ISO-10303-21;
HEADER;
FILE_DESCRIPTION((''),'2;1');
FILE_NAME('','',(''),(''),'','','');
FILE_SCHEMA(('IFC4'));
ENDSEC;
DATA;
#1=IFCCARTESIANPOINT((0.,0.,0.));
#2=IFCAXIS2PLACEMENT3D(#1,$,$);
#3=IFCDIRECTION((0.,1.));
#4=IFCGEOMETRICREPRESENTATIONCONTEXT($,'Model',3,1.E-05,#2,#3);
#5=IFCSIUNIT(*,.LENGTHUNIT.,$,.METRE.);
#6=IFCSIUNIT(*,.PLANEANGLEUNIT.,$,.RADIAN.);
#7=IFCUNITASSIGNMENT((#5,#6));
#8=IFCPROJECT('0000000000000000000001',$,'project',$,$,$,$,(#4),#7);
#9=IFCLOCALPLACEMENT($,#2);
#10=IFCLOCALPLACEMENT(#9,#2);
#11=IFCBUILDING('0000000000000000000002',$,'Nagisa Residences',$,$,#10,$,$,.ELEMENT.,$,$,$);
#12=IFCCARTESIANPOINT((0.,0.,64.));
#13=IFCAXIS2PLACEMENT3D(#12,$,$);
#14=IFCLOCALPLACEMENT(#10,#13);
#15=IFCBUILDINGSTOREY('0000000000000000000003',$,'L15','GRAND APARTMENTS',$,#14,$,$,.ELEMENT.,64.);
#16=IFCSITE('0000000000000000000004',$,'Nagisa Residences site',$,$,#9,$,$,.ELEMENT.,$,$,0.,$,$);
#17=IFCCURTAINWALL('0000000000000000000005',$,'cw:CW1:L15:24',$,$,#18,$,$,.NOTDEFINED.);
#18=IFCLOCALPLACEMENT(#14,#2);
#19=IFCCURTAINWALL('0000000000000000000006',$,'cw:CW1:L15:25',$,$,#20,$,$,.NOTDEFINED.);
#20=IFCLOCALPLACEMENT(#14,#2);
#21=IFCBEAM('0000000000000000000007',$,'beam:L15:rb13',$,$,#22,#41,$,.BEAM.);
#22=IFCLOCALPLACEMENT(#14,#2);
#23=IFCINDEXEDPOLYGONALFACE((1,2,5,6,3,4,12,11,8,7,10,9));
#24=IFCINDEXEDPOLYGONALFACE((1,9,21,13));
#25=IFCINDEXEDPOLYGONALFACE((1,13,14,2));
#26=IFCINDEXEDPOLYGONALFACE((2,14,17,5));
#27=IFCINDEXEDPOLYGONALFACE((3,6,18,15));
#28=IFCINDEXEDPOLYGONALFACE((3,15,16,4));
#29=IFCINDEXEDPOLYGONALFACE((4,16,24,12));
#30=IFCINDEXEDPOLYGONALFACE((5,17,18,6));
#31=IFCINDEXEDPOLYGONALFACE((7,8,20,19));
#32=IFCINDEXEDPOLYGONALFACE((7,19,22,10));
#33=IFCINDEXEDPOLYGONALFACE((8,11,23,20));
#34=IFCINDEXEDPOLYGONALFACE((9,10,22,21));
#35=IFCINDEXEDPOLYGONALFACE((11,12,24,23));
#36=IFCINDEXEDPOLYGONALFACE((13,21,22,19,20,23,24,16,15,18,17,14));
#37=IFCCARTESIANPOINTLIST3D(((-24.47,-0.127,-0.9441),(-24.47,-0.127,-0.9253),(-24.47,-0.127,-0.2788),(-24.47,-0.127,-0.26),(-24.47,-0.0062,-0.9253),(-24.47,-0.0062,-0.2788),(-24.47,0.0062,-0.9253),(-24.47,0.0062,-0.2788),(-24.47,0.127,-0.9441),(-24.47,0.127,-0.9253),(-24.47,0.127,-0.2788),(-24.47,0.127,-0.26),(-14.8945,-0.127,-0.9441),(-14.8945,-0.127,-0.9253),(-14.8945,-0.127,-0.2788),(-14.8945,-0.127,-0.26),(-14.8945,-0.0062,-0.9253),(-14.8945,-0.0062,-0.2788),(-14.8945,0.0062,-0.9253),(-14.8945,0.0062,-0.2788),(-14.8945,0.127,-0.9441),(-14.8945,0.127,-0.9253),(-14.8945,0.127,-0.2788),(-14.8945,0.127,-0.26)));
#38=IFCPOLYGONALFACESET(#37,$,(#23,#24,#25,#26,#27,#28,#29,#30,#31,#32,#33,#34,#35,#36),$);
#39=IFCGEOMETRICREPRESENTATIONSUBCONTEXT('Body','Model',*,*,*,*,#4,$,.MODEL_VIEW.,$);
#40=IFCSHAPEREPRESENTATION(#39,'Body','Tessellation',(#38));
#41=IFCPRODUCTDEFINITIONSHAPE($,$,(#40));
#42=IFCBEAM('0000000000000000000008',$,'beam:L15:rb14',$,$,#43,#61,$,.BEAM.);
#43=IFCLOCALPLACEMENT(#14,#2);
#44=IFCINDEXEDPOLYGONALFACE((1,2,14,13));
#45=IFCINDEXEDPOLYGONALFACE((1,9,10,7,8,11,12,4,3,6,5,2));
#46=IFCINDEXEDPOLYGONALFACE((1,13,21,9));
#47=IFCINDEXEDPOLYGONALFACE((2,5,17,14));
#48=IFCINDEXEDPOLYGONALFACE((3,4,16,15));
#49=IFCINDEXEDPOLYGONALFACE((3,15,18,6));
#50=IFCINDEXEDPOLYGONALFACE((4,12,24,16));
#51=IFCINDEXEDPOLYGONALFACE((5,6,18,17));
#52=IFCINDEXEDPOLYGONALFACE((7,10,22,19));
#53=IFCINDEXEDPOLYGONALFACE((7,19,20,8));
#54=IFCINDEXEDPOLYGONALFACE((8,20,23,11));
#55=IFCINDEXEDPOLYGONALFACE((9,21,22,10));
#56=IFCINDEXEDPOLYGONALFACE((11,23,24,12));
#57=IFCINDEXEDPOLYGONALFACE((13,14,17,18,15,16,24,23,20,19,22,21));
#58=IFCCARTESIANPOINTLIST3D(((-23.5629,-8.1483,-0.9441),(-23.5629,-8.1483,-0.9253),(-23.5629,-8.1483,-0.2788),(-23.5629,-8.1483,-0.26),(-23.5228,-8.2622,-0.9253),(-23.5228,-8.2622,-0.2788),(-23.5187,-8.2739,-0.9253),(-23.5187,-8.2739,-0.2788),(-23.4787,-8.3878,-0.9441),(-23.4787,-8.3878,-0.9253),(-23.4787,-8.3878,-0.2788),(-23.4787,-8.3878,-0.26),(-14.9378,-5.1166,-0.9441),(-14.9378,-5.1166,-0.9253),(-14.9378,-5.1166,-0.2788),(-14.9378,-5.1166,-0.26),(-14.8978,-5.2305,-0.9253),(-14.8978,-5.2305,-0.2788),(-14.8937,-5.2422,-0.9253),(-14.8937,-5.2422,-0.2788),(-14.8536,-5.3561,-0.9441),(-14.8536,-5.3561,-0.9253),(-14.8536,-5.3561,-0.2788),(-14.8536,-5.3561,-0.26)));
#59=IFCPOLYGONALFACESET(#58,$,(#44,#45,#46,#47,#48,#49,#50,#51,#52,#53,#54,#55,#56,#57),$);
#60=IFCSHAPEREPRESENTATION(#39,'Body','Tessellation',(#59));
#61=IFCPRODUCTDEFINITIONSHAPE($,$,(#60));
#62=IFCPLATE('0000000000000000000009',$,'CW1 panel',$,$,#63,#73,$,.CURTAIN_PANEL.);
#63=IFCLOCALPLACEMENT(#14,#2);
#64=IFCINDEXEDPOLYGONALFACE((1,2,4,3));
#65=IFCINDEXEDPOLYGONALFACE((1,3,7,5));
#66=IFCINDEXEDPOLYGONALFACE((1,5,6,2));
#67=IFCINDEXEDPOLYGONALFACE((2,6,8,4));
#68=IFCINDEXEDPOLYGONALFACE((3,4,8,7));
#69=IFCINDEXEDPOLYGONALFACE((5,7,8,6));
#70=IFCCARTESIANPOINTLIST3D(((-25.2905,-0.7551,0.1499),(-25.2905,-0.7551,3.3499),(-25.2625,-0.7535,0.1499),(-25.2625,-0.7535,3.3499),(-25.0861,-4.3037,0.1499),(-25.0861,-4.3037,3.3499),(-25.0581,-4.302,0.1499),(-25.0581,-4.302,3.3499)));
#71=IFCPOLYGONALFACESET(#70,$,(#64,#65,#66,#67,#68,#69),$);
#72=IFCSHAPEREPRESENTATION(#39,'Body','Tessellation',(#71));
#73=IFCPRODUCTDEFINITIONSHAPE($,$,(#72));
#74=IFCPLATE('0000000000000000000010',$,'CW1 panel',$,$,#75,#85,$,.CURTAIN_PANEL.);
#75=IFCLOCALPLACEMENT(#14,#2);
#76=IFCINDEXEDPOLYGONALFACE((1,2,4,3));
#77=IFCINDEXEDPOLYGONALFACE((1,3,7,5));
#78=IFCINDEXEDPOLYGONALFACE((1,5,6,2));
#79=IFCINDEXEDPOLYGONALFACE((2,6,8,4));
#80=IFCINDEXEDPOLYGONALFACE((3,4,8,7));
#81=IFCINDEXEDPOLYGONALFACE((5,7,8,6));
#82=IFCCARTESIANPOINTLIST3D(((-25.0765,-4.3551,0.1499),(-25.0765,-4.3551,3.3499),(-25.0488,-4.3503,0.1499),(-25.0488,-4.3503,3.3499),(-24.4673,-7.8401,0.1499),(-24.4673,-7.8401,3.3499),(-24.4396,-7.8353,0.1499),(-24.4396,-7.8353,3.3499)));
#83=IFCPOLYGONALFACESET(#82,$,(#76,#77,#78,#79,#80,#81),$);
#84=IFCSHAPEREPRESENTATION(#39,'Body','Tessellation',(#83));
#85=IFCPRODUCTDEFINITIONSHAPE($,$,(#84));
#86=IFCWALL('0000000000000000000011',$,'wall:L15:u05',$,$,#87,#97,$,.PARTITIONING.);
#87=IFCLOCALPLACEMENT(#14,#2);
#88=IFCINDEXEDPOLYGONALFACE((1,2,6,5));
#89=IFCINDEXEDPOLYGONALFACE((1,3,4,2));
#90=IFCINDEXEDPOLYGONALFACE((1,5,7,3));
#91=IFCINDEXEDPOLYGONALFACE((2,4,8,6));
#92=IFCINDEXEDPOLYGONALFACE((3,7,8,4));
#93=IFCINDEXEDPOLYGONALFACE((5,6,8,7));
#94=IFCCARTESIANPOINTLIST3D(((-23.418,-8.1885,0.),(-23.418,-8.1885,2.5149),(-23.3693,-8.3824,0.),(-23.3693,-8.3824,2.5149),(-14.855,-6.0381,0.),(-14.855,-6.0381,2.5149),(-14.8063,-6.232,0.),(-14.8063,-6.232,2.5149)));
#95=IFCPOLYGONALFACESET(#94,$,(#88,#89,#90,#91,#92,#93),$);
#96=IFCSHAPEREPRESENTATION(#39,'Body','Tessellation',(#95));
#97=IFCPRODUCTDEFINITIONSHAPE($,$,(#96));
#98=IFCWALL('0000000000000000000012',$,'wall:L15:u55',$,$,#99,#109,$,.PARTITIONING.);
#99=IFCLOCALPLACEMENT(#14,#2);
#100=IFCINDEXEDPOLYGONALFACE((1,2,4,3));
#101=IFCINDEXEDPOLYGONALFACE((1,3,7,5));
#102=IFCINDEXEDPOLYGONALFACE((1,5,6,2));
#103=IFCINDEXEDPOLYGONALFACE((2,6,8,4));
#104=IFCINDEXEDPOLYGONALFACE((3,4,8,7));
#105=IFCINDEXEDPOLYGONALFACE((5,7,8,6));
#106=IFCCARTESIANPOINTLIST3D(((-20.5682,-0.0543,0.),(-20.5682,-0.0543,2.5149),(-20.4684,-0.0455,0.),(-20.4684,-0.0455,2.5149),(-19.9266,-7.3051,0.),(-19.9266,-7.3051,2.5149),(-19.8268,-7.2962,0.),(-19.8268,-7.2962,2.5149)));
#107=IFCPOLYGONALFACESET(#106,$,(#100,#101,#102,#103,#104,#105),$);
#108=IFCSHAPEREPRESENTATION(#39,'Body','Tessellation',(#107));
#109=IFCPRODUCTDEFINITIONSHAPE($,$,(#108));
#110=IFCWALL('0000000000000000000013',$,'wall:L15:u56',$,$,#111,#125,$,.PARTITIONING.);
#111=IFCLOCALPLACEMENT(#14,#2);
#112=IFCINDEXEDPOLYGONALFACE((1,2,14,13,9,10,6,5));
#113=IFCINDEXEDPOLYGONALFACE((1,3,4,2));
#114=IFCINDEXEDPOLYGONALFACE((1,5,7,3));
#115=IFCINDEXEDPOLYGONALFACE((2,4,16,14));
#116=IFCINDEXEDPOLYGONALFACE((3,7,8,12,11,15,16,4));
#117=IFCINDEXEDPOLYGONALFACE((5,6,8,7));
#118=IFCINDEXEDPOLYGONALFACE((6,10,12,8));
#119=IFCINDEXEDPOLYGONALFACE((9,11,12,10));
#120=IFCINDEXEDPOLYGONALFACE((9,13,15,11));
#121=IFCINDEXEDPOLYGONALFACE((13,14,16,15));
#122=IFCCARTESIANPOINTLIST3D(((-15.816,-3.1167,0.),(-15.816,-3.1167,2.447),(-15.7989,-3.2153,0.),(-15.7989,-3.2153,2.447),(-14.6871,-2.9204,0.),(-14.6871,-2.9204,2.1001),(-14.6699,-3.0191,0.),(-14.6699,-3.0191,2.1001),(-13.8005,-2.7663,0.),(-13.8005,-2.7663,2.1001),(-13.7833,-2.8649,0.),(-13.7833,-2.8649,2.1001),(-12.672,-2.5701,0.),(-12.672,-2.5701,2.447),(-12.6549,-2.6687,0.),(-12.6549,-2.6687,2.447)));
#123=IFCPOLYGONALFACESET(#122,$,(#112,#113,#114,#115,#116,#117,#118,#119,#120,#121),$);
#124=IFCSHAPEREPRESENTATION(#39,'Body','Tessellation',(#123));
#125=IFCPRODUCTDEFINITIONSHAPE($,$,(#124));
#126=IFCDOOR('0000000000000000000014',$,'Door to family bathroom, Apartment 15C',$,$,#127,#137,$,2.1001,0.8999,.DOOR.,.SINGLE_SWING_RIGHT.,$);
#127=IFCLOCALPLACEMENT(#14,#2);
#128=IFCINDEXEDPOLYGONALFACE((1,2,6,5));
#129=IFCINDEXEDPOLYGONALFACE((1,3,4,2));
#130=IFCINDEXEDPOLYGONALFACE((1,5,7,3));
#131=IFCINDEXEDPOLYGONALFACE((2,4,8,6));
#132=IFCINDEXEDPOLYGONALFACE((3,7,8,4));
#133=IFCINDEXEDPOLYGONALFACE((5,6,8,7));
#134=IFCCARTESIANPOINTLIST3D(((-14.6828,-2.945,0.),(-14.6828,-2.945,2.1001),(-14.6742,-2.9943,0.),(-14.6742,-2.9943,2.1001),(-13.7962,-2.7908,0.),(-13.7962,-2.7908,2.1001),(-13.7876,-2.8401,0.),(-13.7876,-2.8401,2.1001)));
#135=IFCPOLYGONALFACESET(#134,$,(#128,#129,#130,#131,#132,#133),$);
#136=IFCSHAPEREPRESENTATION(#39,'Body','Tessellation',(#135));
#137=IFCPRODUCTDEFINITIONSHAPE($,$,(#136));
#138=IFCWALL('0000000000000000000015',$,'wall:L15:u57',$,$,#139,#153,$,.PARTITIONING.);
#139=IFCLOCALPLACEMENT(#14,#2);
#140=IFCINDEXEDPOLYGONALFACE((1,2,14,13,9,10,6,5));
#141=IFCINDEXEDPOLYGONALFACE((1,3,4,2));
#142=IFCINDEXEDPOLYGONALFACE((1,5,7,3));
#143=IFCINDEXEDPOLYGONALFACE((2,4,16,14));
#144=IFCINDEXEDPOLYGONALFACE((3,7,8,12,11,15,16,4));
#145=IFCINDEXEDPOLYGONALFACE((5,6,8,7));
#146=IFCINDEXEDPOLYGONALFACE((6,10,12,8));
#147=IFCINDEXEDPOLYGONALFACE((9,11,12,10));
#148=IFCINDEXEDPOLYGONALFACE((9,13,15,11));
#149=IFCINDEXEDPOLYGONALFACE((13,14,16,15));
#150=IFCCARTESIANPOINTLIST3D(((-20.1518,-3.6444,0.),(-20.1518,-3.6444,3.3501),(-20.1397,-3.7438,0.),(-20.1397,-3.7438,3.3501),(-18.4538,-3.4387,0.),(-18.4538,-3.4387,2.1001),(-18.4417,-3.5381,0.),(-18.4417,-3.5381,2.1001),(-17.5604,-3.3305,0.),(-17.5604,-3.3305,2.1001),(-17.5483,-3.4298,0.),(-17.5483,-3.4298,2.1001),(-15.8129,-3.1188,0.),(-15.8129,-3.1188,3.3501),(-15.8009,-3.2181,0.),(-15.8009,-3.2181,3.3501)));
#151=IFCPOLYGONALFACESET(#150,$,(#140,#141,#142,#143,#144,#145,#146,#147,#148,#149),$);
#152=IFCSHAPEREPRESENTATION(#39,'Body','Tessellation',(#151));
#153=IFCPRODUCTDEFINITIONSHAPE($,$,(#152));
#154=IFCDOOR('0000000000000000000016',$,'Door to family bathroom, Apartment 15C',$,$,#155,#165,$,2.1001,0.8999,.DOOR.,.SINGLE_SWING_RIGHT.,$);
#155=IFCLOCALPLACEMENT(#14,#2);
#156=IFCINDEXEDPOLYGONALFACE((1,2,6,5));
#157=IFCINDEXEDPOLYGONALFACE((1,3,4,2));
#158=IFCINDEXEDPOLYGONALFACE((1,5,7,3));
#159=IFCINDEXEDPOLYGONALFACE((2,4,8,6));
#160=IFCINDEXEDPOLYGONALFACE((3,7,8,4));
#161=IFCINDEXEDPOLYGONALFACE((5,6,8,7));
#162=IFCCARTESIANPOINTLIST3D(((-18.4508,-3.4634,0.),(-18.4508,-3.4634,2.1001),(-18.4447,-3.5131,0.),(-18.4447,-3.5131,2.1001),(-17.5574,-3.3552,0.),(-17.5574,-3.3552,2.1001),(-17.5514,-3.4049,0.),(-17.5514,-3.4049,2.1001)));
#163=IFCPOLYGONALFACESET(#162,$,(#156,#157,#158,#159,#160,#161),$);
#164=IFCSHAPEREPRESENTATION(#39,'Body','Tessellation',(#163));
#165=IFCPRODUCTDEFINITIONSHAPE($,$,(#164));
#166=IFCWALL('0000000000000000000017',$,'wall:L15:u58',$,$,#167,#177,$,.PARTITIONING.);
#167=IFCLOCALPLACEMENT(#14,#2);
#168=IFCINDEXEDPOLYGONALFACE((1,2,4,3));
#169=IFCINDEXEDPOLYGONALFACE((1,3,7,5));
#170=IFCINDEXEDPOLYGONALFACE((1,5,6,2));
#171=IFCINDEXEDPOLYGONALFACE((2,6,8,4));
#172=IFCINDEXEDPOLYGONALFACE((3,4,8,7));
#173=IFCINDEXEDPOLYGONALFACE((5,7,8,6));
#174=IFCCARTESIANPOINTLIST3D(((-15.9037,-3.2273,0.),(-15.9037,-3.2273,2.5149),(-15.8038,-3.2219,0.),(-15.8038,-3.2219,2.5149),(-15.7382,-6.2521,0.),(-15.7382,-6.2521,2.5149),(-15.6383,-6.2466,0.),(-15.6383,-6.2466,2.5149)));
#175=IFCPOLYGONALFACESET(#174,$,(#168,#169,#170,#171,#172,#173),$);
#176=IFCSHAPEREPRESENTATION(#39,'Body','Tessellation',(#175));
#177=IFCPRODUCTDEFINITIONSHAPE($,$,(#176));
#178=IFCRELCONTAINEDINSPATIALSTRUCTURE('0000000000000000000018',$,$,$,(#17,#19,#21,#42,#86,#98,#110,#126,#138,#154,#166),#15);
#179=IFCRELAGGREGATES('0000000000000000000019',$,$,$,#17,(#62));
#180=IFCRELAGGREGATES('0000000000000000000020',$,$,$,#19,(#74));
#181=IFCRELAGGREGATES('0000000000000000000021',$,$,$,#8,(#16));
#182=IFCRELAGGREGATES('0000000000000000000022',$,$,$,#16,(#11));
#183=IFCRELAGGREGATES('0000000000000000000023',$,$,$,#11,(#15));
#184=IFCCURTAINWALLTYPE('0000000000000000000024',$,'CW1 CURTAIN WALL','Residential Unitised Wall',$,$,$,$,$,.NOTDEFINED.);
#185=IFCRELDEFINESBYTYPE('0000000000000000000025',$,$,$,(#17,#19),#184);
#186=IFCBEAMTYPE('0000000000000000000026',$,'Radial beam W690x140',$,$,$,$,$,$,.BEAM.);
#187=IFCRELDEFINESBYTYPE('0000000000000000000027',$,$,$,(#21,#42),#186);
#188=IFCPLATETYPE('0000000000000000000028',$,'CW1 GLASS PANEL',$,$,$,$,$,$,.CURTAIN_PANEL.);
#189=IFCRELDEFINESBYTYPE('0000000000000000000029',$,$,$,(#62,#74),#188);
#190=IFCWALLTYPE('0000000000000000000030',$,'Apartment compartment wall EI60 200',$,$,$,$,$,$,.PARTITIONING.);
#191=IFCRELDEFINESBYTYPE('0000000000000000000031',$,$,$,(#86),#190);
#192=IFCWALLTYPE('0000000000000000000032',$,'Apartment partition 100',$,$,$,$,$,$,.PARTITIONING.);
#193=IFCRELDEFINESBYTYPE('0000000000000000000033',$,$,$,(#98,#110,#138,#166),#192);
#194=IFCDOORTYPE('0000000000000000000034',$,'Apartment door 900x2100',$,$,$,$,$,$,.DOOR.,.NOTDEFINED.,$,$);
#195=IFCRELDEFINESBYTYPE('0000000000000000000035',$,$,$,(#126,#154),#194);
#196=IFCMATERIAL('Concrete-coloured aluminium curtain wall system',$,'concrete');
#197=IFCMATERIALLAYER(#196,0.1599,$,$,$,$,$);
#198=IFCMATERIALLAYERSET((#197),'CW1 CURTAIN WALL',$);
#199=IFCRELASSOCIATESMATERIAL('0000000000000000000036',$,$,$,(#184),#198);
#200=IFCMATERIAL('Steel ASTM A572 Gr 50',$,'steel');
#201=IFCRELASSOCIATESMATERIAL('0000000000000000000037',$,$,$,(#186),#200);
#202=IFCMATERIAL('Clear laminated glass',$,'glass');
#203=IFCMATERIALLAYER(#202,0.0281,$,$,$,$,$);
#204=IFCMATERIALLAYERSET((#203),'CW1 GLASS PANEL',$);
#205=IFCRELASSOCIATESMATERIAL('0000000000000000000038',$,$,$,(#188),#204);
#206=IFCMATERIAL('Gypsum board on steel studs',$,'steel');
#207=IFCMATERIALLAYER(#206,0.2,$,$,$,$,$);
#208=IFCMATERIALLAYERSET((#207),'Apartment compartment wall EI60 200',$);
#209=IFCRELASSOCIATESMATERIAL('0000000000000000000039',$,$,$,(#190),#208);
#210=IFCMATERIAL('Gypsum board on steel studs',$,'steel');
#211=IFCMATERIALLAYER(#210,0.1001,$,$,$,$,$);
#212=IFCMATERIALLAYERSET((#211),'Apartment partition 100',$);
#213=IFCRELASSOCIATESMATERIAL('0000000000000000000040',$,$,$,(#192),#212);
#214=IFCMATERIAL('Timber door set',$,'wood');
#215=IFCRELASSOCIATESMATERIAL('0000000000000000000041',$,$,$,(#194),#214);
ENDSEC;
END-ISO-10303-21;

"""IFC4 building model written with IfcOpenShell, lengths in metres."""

from ifc_helpers import new_model, si_unit, direction, frame, frame_2d, origin, origin_2d, place, context, subcontext, project, spatial, rectangle, i_section, extrude, material, layer, layer_set, material_profile, profile_set, type_object, element, fill, aggregate, save


model = new_model("IFC4")

# Units and contexts
model_context = context("Model", 3, precision=1e-05, world=origin(), true_north=direction((0.0, 1.0)))
body_context = subcontext(model_context, "Body", "Model", "MODEL_VIEW")
ifc_project = project(units=[si_unit("LENGTHUNIT", "METRE"), si_unit("PLANEANGLEUNIT", "RADIAN")], contexts=[model_context])

# Site, building, storey
site_placement = place(None, origin())
site = spatial("IfcSite", under=ifc_project, at=site_placement, Name="Nagisa Residences site", CompositionType="ELEMENT", RefElevation=0.0)
building_placement = place(site_placement, origin())
building = spatial("IfcBuilding", under=site, at=building_placement, Name="Nagisa Residences", CompositionType="ELEMENT")
storey_placement = place(building_placement, frame((0.0, 0.0, 64.0)))
storey = spatial("IfcBuildingStorey", under=building, at=storey_placement, Name="L15", Description="GRAND APARTMENTS", CompositionType="ELEMENT", Elevation=64.0)

# Curtain walls
ifc_material_1 = material(Name="Concrete-coloured aluminium curtain wall system", Category="concrete")
ifc_layer_1 = layer(ifc_material_1, 0.1599)
ifc_layer_set_1 = layer_set([ifc_layer_1], Name="CW1 CURTAIN WALL")
curtain_wall_type = type_object("IfcCurtainWallType", Name="CW1 CURTAIN WALL", Description="Residential Unitised Wall", PredefinedType="NOTDEFINED", material=ifc_layer_set_1)
curtain_wall_1_placement = place(storey_placement, origin())
curtain_wall_1 = element("IfcCurtainWall", 1, at=curtain_wall_1_placement, inside=storey, type_object=curtain_wall_type, Name="cw:CW1:L15:24", PredefinedType="NOTDEFINED")
curtain_wall_2_placement = place(storey_placement, origin())
curtain_wall_2 = element("IfcCurtainWall", 2, at=curtain_wall_2_placement, inside=storey, type_object=curtain_wall_type, Name="cw:CW1:L15:25", PredefinedType="NOTDEFINED")

# Beams
ifc_material_2 = material(Name="Steel ASTM A572 Gr 50", Category="steel")
ifc_material_profile_1 = material_profile(ifc_material_2, i_section(OverallWidth=0.2539, OverallDepth=0.6841, WebThickness=0.0125, FlangeThickness=0.0188, at=origin_2d()), Name="W690x140")
ifc_profile_set_1 = profile_set([ifc_material_profile_1], Name="Steel ASTM A572 Gr 50")
beam_type_1 = type_object("IfcBeamType", Name="Radial beam W690x140", PredefinedType="BEAM", material=ifc_profile_set_1)
beam_1_placement = place(storey_placement, frame((-24.47, 0.0, -0.6021), z_axis=(1.0, 0.0, 0.0), x_axis=(0.0, 1.0, 0.0)))
element("IfcBeam", 3, at=beam_1_placement, inside=storey, type_object=beam_type_1, Name="beam:L15:rb13", PredefinedType="BEAM", context=body_context, shape_type="SweptSolid", body=[
    extrude(i_section(OverallWidth=0.2539, OverallDepth=0.6841, WebThickness=0.0125, FlangeThickness=0.0188, at=origin_2d()), origin(), (0.0, 0.0, 1.0), 9.5754),
])
beam_2_placement = place(storey_placement, frame((-23.5208, -8.2681, -0.6021), z_axis=(0.943415, 0.331616, 0.0), x_axis=(-0.331616, 0.943415, 0.0)))
element("IfcBeam", 4, at=beam_2_placement, inside=storey, type_object=beam_type_1, Name="beam:L15:rb14", PredefinedType="BEAM", context=body_context, shape_type="SweptSolid", body=[
    extrude(i_section(OverallWidth=0.2539, OverallDepth=0.6841, WebThickness=0.0125, FlangeThickness=0.0188, at=origin_2d()), origin(), (0.0, 0.0, 1.0), 9.1423),
])

# Plates
ifc_material_3 = material(Name="Clear laminated glass", Category="glass")
ifc_layer_2 = layer(ifc_material_3, 0.0281)
ifc_layer_set_2 = layer_set([ifc_layer_2], Name="CW1 GLASS PANEL")
plate_type = type_object("IfcPlateType", Name="CW1 GLASS PANEL", PredefinedType="CURTAIN_PANEL", material=ifc_layer_set_2)
plate_1_placement = place(storey_placement, frame((-25.1743, -2.5286, 0.1499), z_axis=(0.0, 0.0, 1.0), x_axis=(0.057503, -0.998345, 0.0)))
plate_1 = element("IfcPlate", 5, at=plate_1_placement, type_object=plate_type, Name="CW1 panel", PredefinedType="CURTAIN_PANEL", context=body_context, shape_type="SweptSolid", body=[
    extrude(rectangle(XDim=3.5544, YDim=0.0281, at=origin_2d()), origin(), (0.0, 0.0, 1.0), 3.2),
])
aggregate(curtain_wall_1, [plate_1])
plate_2_placement = place(storey_placement, frame((-24.7581, -6.0952, 0.1499), z_axis=(0.0, 0.0, 1.0), x_axis=(0.172191, -0.985064, 0.0)))
plate_2 = element("IfcPlate", 6, at=plate_2_placement, type_object=plate_type, Name="CW1 panel", PredefinedType="CURTAIN_PANEL", context=body_context, shape_type="SweptSolid", body=[
    extrude(rectangle(XDim=3.5378, YDim=0.0281, at=origin_2d()), origin(), (0.0, 0.0, 1.0), 3.2),
])
aggregate(curtain_wall_2, [plate_2])

# Walls
ifc_material_4 = material(Name="Gypsum board on steel studs", Category="steel")
ifc_layer_3 = layer(ifc_material_4, 0.2)
ifc_layer_set_3 = layer_set([ifc_layer_3], Name="Apartment compartment wall EI60 200")
wall_type_1 = type_object("IfcWallType", Name="Apartment compartment wall EI60 200", PredefinedType="PARTITIONING", material=ifc_layer_set_3)
wall_1_placement = place(storey_placement, frame((-14.8306, -6.135, 0.0), z_axis=(0.0, 0.0, 1.0), x_axis=(-0.969885, -0.243564, 0.0)))
element("IfcWall", 7, at=wall_1_placement, inside=storey, type_object=wall_type_1, Name="wall:L15:u05", PredefinedType="PARTITIONING", context=body_context, shape_type="SweptSolid", body=[
    extrude(rectangle(XDim=8.8289, YDim=0.2, at=frame_2d((4.4146, 0.0))), origin(), (0.0, 0.0, 1.0), 2.5149),
])
ifc_material_5 = material(Name="Gypsum board on steel studs", Category="steel")
ifc_layer_4 = layer(ifc_material_5, 0.1001)
ifc_layer_set_4 = layer_set([ifc_layer_4], Name="Apartment partition 100")
wall_type_2 = type_object("IfcWallType", Name="Apartment partition 100", PredefinedType="PARTITIONING", material=ifc_layer_set_4)
wall_2_placement = place(storey_placement, frame((-20.5183, -0.0498, 0.0), z_axis=(0.0, 0.0, 1.0), x_axis=(0.088143, -0.996108, 0.0)))
element("IfcWall", 8, at=wall_2_placement, inside=storey, type_object=wall_type_2, Name="wall:L15:u55", PredefinedType="PARTITIONING", context=body_context, shape_type="SweptSolid", body=[
    extrude(rectangle(XDim=7.2791, YDim=0.1001, at=frame_2d((3.6396, 0.0))), origin(), (0.0, 0.0, 1.0), 2.5149),
])

# Walls, openings, doors
wall_3_placement = place(storey_placement, frame((-12.6633, -2.6194, 0.0), z_axis=(0.0, 0.0, 1.0), x_axis=(-0.98522, -0.171293, 0.0)))
wall_3 = element("IfcWall", 9, at=wall_3_placement, inside=storey, type_object=wall_type_2, Name="wall:L15:u56", PredefinedType="PARTITIONING", context=body_context, shape_type="SweptSolid", body=[
    extrude(rectangle(XDim=3.1912, YDim=0.1001, at=frame_2d((1.5957, 0.0))), origin(), (0.0, 0.0, 1.0), 2.447),
])
opening_1_placement = place(wall_3_placement, frame((1.1455, 0.0, 0.0)))
opening_1 = element("IfcOpeningElement", 10, at=opening_1_placement, cuts=wall_3, PredefinedType="OPENING", context=body_context, shape_type="SweptSolid", body=[
    extrude(rectangle(XDim=0.8999, YDim=2.1001, at=frame_2d((0.45, 1.05))), frame((0.0, 0.0601, 0.0), z_axis=(0.0, -1.0, 0.0), x_axis=(1.0, 0.0, 0.0)), (0.0, 0.0, 1.0), 0.1201),
])
ifc_material_6 = material(Name="Timber door set", Category="wood")
door_type_1 = type_object("IfcDoorType", Name="Apartment door 900x2100", OperationType="NOTDEFINED", PredefinedType="DOOR", material=ifc_material_6)
door_1_placement = place(opening_1_placement, origin())
door_1 = element("IfcDoor", 11, at=door_1_placement, inside=storey, type_object=door_type_1, Name="Door to family bathroom, Apartment 15C", OperationType="SINGLE_SWING_RIGHT", OverallHeight=2.1001, OverallWidth=0.8999, PredefinedType="DOOR", context=body_context, shape_type="SweptSolid", body=[
    extrude(rectangle(XDim=0.8999, YDim=2.1001, at=frame_2d((0.45, 1.05))), frame((0.0, 0.0249, 0.0), z_axis=(0.0, -1.0, 0.0), x_axis=(1.0, 0.0, 0.0)), (0.0, 0.0, 1.0), 0.05),
])
fill(opening_1, door_1)
wall_4_placement = place(storey_placement, frame((-15.8069, -3.1685, 0.0), z_axis=(0.0, 0.0, 1.0), x_axis=(-0.992742, -0.120266, 0.0)))
wall_4 = element("IfcWall", 12, at=wall_4_placement, inside=storey, type_object=wall_type_2, Name="wall:L15:u57", PredefinedType="PARTITIONING", context=body_context, shape_type="SweptSolid", body=[
    extrude(rectangle(XDim=4.3706, YDim=0.1001, at=frame_2d((2.1853, 0.0))), origin(), (0.0, 0.0, 1.0), 3.3501),
])
opening_2_placement = place(wall_4_placement, frame((1.7603, 0.0, 0.0)))
opening_2 = element("IfcOpeningElement", 13, at=opening_2_placement, cuts=wall_4, PredefinedType="OPENING", context=body_context, shape_type="SweptSolid", body=[
    extrude(rectangle(XDim=0.8999, YDim=2.1001, at=frame_2d((0.45, 1.05))), frame((0.0, 0.0601, 0.0), z_axis=(0.0, -1.0, 0.0), x_axis=(1.0, 0.0, 0.0)), (0.0, 0.0, 1.0), 0.1201),
])
door_2_placement = place(opening_2_placement, origin())
door_2 = element("IfcDoor", 14, at=door_2_placement, inside=storey, type_object=door_type_1, Name="Door to family bathroom, Apartment 15C", OperationType="SINGLE_SWING_RIGHT", OverallHeight=2.1001, OverallWidth=0.8999, PredefinedType="DOOR", context=body_context, shape_type="SweptSolid", body=[
    extrude(rectangle(XDim=0.8999, YDim=2.1001, at=frame_2d((0.45, 1.05))), frame((0.0, 0.0249, 0.0), z_axis=(0.0, -1.0, 0.0), x_axis=(1.0, 0.0, 0.0)), (0.0, 0.0, 1.0), 0.05),
])
fill(opening_2, door_2)

# Wall
wall_5_placement = place(storey_placement, frame((-15.8538, -3.2246, 0.0), z_axis=(0.0, 0.0, 1.0), x_axis=(0.054644, -0.998506, 0.0)))
element("IfcWall", 15, at=wall_5_placement, inside=storey, type_object=wall_type_2, Name="wall:L15:u58", PredefinedType="PARTITIONING", context=body_context, shape_type="SweptSolid", body=[
    extrude(rectangle(XDim=3.0293, YDim=0.1001, at=frame_2d((1.5146, 0.0))), origin(), (0.0, 0.0, 1.0), 2.5149),
])

save(model, "model.ifc")
